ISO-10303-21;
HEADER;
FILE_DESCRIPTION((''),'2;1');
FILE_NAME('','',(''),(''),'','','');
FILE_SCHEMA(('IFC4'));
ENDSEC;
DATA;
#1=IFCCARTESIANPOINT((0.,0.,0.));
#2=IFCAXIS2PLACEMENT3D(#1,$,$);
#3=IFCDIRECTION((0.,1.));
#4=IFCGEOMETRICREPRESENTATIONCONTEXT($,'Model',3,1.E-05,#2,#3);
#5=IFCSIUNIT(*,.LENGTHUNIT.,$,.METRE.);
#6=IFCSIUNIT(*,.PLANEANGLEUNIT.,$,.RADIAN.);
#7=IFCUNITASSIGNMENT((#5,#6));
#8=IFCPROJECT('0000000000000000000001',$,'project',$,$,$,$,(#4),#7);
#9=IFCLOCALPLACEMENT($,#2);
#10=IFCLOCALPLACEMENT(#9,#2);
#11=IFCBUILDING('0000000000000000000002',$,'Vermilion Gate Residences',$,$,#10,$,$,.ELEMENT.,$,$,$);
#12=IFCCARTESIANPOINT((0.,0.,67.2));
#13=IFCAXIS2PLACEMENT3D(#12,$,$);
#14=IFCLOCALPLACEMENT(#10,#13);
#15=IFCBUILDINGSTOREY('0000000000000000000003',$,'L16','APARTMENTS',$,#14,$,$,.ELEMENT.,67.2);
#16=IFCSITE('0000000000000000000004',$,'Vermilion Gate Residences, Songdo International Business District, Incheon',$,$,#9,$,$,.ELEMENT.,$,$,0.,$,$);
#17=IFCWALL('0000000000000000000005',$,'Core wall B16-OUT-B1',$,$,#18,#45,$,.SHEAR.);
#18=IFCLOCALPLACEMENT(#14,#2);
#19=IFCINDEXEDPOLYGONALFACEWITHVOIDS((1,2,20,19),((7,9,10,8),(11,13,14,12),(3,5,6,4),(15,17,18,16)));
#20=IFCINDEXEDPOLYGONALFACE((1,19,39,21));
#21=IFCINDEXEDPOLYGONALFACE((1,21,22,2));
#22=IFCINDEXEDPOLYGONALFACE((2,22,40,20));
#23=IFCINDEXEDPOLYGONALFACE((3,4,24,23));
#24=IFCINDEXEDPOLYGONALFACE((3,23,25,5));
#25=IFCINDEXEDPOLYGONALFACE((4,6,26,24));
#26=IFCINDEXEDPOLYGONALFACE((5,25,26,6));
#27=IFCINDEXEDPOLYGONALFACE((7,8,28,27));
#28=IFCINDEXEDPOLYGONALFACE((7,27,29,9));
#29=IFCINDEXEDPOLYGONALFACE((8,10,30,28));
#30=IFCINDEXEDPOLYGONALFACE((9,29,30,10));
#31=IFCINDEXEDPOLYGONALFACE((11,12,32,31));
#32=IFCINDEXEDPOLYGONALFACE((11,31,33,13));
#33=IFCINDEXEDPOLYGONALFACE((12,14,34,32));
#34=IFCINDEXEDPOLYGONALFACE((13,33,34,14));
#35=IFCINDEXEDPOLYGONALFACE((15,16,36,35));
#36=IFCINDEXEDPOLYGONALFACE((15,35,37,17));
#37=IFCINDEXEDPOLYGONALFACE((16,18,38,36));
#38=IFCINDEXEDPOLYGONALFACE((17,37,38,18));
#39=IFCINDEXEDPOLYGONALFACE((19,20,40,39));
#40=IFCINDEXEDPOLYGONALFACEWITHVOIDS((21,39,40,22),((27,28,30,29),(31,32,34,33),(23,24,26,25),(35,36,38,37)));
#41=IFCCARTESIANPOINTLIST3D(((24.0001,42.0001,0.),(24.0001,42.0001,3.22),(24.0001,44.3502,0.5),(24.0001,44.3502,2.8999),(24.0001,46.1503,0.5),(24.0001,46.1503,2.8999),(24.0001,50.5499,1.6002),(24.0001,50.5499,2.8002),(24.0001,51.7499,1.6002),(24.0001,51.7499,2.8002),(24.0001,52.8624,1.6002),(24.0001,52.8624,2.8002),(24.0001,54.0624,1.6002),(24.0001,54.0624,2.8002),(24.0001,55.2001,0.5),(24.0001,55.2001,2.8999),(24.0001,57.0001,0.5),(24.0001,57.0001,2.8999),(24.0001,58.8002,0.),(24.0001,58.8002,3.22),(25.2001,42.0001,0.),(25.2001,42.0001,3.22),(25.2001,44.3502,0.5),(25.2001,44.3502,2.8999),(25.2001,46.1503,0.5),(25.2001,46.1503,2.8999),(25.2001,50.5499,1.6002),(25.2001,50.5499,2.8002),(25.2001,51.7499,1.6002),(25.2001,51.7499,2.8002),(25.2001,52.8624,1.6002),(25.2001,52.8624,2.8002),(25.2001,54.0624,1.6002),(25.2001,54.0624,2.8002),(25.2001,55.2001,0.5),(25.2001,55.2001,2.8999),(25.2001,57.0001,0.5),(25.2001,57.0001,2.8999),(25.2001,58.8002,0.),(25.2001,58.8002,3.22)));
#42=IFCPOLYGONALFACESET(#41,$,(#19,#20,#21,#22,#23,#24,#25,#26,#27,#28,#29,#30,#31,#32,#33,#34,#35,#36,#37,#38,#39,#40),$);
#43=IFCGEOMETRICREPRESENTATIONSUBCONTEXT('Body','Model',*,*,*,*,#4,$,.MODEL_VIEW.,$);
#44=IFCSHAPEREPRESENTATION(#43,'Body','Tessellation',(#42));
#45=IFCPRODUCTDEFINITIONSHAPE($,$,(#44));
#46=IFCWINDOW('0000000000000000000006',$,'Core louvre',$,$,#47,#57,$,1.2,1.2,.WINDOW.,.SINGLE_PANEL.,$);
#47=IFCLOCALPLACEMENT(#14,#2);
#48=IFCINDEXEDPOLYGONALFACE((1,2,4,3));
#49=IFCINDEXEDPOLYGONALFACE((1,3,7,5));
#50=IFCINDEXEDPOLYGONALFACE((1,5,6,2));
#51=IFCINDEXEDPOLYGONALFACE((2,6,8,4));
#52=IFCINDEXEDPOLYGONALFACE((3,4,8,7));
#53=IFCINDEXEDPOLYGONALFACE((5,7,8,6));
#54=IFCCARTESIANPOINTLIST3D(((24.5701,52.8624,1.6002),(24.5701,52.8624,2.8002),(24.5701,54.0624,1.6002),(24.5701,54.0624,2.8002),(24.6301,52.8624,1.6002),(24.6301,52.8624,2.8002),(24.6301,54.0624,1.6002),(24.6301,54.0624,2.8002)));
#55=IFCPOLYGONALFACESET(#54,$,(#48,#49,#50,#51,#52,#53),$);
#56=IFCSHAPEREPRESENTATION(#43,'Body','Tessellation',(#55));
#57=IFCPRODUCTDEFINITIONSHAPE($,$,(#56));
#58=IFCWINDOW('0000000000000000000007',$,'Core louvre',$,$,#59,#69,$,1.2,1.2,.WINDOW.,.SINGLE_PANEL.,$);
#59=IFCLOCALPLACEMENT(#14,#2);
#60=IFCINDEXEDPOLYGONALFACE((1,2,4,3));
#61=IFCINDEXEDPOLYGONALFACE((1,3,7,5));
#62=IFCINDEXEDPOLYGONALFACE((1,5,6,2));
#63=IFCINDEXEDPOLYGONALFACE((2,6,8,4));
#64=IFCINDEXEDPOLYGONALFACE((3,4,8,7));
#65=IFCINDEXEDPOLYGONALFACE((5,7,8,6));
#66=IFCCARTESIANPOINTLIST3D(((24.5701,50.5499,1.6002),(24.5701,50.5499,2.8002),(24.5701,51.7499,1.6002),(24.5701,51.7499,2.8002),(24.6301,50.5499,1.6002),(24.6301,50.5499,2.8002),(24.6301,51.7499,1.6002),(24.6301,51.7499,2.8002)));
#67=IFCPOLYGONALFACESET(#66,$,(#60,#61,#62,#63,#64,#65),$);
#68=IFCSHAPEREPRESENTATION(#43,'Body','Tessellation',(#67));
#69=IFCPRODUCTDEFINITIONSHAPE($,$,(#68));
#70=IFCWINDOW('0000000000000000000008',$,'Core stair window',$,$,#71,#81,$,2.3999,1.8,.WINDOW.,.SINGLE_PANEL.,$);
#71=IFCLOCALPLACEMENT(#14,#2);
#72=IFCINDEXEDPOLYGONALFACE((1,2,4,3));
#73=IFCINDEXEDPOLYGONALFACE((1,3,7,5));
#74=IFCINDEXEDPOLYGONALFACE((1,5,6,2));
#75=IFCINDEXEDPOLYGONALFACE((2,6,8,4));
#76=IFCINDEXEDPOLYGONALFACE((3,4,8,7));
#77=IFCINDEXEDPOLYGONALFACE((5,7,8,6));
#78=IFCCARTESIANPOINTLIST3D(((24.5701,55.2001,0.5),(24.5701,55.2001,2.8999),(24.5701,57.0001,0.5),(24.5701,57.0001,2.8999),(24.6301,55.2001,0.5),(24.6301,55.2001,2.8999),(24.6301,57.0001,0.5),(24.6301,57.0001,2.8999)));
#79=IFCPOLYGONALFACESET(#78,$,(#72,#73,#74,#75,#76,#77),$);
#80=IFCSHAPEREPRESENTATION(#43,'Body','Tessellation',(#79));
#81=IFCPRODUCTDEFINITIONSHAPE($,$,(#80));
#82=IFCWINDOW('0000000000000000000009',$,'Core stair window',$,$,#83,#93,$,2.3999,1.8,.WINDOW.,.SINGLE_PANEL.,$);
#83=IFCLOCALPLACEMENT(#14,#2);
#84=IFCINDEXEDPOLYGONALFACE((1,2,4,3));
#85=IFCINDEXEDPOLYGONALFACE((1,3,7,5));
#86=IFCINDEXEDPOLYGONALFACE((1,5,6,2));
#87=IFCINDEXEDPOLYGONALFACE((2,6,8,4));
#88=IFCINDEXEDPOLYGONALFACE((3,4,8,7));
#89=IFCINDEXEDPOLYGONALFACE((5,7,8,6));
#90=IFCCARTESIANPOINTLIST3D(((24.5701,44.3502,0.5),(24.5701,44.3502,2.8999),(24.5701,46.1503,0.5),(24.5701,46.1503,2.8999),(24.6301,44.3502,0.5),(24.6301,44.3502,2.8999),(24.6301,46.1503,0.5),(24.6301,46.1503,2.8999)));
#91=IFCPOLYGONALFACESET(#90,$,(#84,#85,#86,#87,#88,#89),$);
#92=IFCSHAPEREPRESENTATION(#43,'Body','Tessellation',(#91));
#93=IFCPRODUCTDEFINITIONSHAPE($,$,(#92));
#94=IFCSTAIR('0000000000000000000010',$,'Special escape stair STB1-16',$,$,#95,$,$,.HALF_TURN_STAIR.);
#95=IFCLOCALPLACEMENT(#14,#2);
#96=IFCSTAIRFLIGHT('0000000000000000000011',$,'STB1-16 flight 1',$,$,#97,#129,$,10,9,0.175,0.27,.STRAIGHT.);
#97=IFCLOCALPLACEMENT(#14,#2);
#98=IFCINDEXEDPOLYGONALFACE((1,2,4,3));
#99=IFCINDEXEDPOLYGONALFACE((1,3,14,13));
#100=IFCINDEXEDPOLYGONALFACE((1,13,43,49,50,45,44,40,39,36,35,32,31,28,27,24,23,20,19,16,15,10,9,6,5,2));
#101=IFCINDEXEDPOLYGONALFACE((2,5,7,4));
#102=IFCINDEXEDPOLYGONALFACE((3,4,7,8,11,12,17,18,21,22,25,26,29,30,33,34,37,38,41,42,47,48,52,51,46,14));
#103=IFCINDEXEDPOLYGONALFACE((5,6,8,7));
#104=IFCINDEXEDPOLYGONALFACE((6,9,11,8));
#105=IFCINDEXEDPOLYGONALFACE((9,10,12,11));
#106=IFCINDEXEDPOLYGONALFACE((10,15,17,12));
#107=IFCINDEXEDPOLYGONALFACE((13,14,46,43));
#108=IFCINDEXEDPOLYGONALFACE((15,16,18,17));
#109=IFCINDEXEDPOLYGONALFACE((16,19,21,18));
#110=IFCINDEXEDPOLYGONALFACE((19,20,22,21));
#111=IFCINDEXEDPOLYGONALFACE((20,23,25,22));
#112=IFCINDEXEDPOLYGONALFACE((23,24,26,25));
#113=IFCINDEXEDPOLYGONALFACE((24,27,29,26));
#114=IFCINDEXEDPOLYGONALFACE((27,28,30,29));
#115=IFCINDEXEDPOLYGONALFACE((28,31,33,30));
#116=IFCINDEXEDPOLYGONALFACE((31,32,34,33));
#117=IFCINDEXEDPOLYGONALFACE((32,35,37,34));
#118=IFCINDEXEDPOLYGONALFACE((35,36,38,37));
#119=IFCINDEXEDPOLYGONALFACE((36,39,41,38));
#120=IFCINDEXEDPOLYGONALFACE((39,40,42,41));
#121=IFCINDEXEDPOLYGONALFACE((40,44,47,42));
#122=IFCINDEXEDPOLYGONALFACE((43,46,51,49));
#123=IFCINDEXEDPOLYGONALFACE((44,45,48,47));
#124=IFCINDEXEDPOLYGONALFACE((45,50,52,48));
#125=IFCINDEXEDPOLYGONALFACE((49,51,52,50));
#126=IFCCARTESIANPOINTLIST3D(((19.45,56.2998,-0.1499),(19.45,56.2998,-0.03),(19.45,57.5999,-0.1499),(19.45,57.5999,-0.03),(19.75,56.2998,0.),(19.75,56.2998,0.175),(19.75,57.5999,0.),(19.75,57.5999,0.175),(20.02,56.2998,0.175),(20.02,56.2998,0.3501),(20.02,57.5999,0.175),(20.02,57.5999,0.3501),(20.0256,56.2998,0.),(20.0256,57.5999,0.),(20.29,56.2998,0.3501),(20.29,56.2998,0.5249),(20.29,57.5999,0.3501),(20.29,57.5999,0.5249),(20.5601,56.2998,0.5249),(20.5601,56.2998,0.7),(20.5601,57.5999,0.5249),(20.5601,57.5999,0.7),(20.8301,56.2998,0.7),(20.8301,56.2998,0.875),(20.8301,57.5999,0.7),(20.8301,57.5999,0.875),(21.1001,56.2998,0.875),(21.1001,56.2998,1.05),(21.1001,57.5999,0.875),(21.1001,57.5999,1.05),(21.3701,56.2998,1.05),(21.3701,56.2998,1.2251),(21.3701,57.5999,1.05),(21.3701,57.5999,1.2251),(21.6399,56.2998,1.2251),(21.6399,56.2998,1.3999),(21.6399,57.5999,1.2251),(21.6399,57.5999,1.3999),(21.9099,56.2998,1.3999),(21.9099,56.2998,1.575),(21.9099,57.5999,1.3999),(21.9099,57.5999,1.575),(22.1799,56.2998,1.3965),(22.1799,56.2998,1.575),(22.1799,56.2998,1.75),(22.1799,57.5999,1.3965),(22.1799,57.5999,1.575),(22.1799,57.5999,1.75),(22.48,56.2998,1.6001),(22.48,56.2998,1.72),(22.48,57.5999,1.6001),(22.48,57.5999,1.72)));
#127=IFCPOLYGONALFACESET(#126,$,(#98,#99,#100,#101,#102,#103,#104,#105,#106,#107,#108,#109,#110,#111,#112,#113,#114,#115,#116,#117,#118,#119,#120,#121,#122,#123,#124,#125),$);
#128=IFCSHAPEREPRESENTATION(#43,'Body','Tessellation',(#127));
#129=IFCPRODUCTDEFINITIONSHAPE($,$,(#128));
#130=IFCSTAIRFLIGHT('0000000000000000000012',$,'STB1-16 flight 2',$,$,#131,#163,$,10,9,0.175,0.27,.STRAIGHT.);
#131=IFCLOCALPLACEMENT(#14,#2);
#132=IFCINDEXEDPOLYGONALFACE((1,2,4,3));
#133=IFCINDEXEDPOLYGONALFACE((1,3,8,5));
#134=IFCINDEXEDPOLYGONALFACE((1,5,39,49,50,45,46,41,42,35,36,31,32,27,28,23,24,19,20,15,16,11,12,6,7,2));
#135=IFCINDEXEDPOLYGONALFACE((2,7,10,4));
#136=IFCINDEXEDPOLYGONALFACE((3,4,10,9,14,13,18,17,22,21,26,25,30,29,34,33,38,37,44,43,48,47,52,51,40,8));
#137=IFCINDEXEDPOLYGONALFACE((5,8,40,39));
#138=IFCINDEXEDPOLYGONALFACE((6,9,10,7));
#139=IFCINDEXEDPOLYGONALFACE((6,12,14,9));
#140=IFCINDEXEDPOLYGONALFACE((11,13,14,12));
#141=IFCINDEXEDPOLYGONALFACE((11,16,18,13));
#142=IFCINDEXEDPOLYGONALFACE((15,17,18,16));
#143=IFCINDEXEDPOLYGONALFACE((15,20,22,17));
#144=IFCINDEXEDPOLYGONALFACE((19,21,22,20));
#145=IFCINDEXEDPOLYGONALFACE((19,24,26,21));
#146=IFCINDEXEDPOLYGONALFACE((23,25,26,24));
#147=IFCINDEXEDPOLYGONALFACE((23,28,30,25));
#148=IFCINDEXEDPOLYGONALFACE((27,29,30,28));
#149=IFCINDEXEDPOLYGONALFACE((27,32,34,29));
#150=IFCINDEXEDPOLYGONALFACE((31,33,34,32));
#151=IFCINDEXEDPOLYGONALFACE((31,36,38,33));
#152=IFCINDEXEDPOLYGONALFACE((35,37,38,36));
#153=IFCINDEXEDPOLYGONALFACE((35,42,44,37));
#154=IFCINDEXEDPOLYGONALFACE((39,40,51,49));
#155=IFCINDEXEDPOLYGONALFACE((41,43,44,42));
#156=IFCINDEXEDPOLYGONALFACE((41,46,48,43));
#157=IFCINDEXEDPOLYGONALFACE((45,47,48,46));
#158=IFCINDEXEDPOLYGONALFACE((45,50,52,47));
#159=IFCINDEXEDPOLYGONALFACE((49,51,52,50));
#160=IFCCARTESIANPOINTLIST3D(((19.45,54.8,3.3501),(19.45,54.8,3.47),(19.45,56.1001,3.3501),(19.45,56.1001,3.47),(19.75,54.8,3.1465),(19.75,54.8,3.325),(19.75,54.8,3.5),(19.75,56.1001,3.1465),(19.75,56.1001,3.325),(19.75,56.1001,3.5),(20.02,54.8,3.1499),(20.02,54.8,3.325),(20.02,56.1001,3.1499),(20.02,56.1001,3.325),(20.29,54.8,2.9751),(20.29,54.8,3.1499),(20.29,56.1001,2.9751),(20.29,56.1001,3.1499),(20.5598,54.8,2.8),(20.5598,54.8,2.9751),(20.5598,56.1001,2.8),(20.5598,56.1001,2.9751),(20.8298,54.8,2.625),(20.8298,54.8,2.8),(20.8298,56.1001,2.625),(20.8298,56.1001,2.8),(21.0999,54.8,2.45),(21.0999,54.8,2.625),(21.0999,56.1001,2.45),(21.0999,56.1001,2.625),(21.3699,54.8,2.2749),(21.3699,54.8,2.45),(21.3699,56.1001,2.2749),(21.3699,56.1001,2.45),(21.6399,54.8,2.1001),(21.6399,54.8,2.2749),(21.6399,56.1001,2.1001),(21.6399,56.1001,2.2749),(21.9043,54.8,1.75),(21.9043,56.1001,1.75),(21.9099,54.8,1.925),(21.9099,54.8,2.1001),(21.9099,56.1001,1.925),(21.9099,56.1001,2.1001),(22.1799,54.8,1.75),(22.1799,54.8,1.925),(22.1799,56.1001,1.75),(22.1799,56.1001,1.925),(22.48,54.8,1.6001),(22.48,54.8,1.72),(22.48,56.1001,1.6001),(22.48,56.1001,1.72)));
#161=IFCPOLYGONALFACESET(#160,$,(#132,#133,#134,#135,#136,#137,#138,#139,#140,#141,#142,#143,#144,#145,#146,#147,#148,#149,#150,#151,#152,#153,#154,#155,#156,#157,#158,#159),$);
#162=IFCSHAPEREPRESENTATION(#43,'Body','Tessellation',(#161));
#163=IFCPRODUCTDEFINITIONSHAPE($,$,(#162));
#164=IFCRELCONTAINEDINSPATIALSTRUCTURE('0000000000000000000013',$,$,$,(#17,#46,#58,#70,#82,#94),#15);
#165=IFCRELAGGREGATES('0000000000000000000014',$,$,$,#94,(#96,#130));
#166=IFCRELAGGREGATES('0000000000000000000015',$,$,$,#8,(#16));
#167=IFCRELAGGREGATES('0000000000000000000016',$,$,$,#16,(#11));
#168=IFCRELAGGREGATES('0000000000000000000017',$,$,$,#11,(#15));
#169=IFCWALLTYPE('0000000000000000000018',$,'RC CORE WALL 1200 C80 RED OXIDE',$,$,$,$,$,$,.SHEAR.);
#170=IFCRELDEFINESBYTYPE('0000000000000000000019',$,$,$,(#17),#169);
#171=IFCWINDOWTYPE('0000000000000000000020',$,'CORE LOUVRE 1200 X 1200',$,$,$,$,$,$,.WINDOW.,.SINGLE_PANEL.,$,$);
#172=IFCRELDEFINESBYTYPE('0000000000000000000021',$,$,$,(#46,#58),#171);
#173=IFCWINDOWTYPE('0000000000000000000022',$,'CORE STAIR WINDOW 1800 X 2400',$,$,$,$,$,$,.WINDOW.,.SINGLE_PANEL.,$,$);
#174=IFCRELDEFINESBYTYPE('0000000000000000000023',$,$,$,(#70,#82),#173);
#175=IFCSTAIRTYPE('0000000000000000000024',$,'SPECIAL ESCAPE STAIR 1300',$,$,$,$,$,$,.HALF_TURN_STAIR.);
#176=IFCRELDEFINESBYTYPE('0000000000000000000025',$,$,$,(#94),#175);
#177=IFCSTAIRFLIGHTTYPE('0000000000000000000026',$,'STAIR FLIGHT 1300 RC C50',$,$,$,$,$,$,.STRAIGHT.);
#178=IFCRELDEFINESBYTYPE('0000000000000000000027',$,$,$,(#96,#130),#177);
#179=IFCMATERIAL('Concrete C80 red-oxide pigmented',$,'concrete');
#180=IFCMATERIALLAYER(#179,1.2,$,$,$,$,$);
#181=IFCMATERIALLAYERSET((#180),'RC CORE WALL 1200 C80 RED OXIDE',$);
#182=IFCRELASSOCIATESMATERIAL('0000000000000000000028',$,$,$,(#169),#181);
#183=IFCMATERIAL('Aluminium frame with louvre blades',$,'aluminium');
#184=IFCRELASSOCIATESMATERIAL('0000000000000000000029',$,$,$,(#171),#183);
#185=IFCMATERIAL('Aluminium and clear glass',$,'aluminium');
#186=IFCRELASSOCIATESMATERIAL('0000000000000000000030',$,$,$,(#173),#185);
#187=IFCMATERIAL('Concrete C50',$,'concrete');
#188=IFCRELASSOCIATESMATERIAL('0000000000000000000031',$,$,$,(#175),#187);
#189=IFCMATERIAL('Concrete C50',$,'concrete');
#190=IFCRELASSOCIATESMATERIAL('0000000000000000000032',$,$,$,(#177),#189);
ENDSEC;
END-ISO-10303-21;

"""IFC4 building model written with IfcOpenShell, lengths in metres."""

from ifc_helpers import new_model, si_unit, direction, frame, frame_2d, origin, place, context, subcontext, project, spatial, polyline, rectangle, outline, extrude, material, layer, layer_set, type_object, element, fill, aggregate, save


model = new_model("IFC4")

# Units and contexts
model_context = context("Model", 3, precision=1e-05, world=origin(), true_north=direction((0.0, 1.0)))
body_context = subcontext(model_context, "Body", "Model", "MODEL_VIEW")
ifc_project = project(units=[si_unit("LENGTHUNIT", "METRE"), si_unit("PLANEANGLEUNIT", "RADIAN")], contexts=[model_context])

# Site, building, storey
site_placement = place(None, origin())
site = spatial("IfcSite", under=ifc_project, at=site_placement, Name="Vermilion Gate Residences, Songdo International Business District, Incheon", CompositionType="ELEMENT", RefElevation=0.0)
building_placement = place(site_placement, origin())
building = spatial("IfcBuilding", under=site, at=building_placement, Name="Vermilion Gate Residences", CompositionType="ELEMENT")
storey_placement = place(building_placement, frame((0.0, 0.0, 67.2)))
storey = spatial("IfcBuildingStorey", under=building, at=storey_placement, Name="L16", Description="APARTMENTS", CompositionType="ELEMENT", Elevation=67.2)

# Wall, openings, windows
ifc_material_1 = material(Name="Concrete C80 red-oxide pigmented", Category="concrete")
ifc_layer_1 = layer(ifc_material_1, 1.2)
ifc_layer_set_1 = layer_set([ifc_layer_1], Name="RC CORE WALL 1200 C80 RED OXIDE")
wall_type_1 = type_object("IfcWallType", Name="RC CORE WALL 1200 C80 RED OXIDE", PredefinedType="SHEAR", material=ifc_layer_set_1)
wall_1_placement = place(storey_placement, frame((24.6001, 58.8, 0.0), z_axis=(0.0, 0.0, 1.0), x_axis=(0.0, -1.0, 0.0)))
wall_1 = element("IfcWall", 1, at=wall_1_placement, inside=storey, type_object=wall_type_1, Name="Core wall B16-OUT-B1", PredefinedType="SHEAR", context=body_context, shape_type="SweptSolid", body=[
    extrude(rectangle(XDim=16.8, YDim=1.2, at=frame_2d((8.3999, 0.0))), origin(), (0.0, 0.0, 1.0), 3.22),
])
opening_1_placement = place(wall_1_placement, frame((1.8, 0.0, 0.5)))
opening_1 = element("IfcOpeningElement", 2, at=opening_1_placement, cuts=wall_1, PredefinedType="OPENING", context=body_context, shape_type="SweptSolid", body=[
    extrude(rectangle(XDim=1.8, YDim=2.3999, at=frame_2d((0.8999, 1.2))), frame((0.0, 0.6099, 0.0), z_axis=(0.0, -1.0, 0.0), x_axis=(1.0, 0.0, 0.0)), (0.0, 0.0, 1.0), 1.22),
])
opening_2_placement = place(wall_1_placement, frame((4.7375, 0.0, 1.6001)))
opening_2 = element("IfcOpeningElement", 3, at=opening_2_placement, cuts=wall_1, PredefinedType="OPENING", context=body_context, shape_type="SweptSolid", body=[
    extrude(rectangle(XDim=1.2, YDim=1.2, at=frame_2d((0.6001, 0.6001))), frame((0.0, 0.6099, 0.0), z_axis=(0.0, -1.0, 0.0), x_axis=(1.0, 0.0, 0.0)), (0.0, 0.0, 1.0), 1.22),
])
opening_3_placement = place(wall_1_placement, frame((7.05, 0.0, 1.6001)))
opening_3 = element("IfcOpeningElement", 4, at=opening_3_placement, cuts=wall_1, PredefinedType="OPENING", context=body_context, shape_type="SweptSolid", body=[
    extrude(rectangle(XDim=1.2, YDim=1.2, at=frame_2d((0.6001, 0.6001))), frame((0.0, 0.6099, 0.0), z_axis=(0.0, -1.0, 0.0), x_axis=(1.0, 0.0, 0.0)), (0.0, 0.0, 1.0), 1.22),
])
opening_4_placement = place(wall_1_placement, frame((12.6499, 0.0, 0.5)))
opening_4 = element("IfcOpeningElement", 5, at=opening_4_placement, cuts=wall_1, PredefinedType="OPENING", context=body_context, shape_type="SweptSolid", body=[
    extrude(rectangle(XDim=1.8, YDim=2.3999, at=frame_2d((0.8999, 1.2))), frame((0.0, 0.6099, 0.0), z_axis=(0.0, -1.0, 0.0), x_axis=(1.0, 0.0, 0.0)), (0.0, 0.0, 1.0), 1.22),
])
ifc_material_2 = material(Name="Aluminium frame with louvre blades", Category="aluminium")
window_type_1 = type_object("IfcWindowType", Name="CORE LOUVRE 1200 X 1200", PartitioningType="SINGLE_PANEL", PredefinedType="WINDOW", material=ifc_material_2)
window_1_placement = place(opening_2_placement, origin())
window_1 = element("IfcWindow", 6, at=window_1_placement, inside=storey, type_object=window_type_1, Name="Core louvre", OverallHeight=1.2, OverallWidth=1.2, PartitioningType="SINGLE_PANEL", PredefinedType="WINDOW", context=body_context, shape_type="SweptSolid", body=[
    extrude(rectangle(XDim=1.2, YDim=1.2, at=frame_2d((0.6001, 0.6001))), frame((0.0, 0.03, 0.0), z_axis=(0.0, -1.0, 0.0), x_axis=(1.0, 0.0, 0.0)), (0.0, 0.0, 1.0), 0.0601),
])
fill(opening_2, window_1)
window_2_placement = place(opening_3_placement, origin())
window_2 = element("IfcWindow", 7, at=window_2_placement, inside=storey, type_object=window_type_1, Name="Core louvre", OverallHeight=1.2, OverallWidth=1.2, PartitioningType="SINGLE_PANEL", PredefinedType="WINDOW", context=body_context, shape_type="SweptSolid", body=[
    extrude(rectangle(XDim=1.2, YDim=1.2, at=frame_2d((0.6001, 0.6001))), frame((0.0, 0.03, 0.0), z_axis=(0.0, -1.0, 0.0), x_axis=(1.0, 0.0, 0.0)), (0.0, 0.0, 1.0), 0.0601),
])
fill(opening_3, window_2)
ifc_material_3 = material(Name="Aluminium and clear glass", Category="aluminium")
window_type_2 = type_object("IfcWindowType", Name="CORE STAIR WINDOW 1800 X 2400", PartitioningType="SINGLE_PANEL", PredefinedType="WINDOW", material=ifc_material_3)
window_3_placement = place(opening_1_placement, origin())
window_3 = element("IfcWindow", 8, at=window_3_placement, inside=storey, type_object=window_type_2, Name="Core stair window", OverallHeight=2.3999, OverallWidth=1.8, PartitioningType="SINGLE_PANEL", PredefinedType="WINDOW", context=body_context, shape_type="SweptSolid", body=[
    extrude(rectangle(XDim=1.8, YDim=2.3999, at=frame_2d((0.8999, 1.2))), frame((0.0, 0.03, 0.0), z_axis=(0.0, -1.0, 0.0), x_axis=(1.0, 0.0, 0.0)), (0.0, 0.0, 1.0), 0.0601),
])
fill(opening_1, window_3)
window_4_placement = place(opening_4_placement, origin())
window_4 = element("IfcWindow", 9, at=window_4_placement, inside=storey, type_object=window_type_2, Name="Core stair window", OverallHeight=2.3999, OverallWidth=1.8, PartitioningType="SINGLE_PANEL", PredefinedType="WINDOW", context=body_context, shape_type="SweptSolid", body=[
    extrude(rectangle(XDim=1.8, YDim=2.3999, at=frame_2d((0.8999, 1.2))), frame((0.0, 0.03, 0.0), z_axis=(0.0, -1.0, 0.0), x_axis=(1.0, 0.0, 0.0)), (0.0, 0.0, 1.0), 0.0601),
])
fill(opening_4, window_4)

# Stair, stair flights
ifc_material_4 = material(Name="Concrete C50", Category="concrete")
stair_type = type_object("IfcStairType", Name="SPECIAL ESCAPE STAIR 1300", PredefinedType="HALF_TURN_STAIR", material=ifc_material_4)
stair_placement = place(storey_placement, origin())
stair = element("IfcStair", 10, at=stair_placement, inside=storey, type_object=stair_type, Name="Special escape stair STB1-16", PredefinedType="HALF_TURN_STAIR")
ifc_material_5 = material(Name="Concrete C50", Category="concrete")
stair_flight_type = type_object("IfcStairFlightType", Name="STAIR FLIGHT 1300 RC C50", PredefinedType="STRAIGHT", material=ifc_material_5)
stair_flight_1_placement = place(storey_placement, frame((19.75, 56.95, 0.0), z_axis=(0.0, 0.0, 1.0), x_axis=(1.0, 0.0, 0.0)))
stair_flight_1 = element("IfcStairFlight", 11, at=stair_flight_1_placement, type_object=stair_flight_type, Name="STB1-16 flight 1", NumberOfRisers=10, NumberOfTreads=9, PredefinedType="STRAIGHT", RiserHeight=0.175, TreadLength=0.27, context=body_context, shape_type="SweptSolid", body=[
    extrude(outline(polyline([(-0.3, -0.1499), (-0.3, -0.03), (0.0, 0.0), (0.0, 0.175), (0.27, 0.175), (0.27, 0.3501), (0.54, 0.3501), (0.54, 0.5249), (0.8101, 0.5249), (0.8101, 0.7), (1.0801, 0.7), (1.0801, 0.875), (1.3501, 0.875), (1.3501, 1.05), (1.6201, 1.05), (1.6201, 1.2251), (1.8899, 1.2251), (1.8899, 1.3999), (2.1599, 1.3999), (2.1599, 1.575), (2.4299, 1.575), (2.4299, 1.75), (2.73, 1.72), (2.73, 1.6001), (2.4299, 1.3965), (0.2756, 0.0), (-0.3, -0.1499)])), frame((0.0, 0.6499, 0.0), z_axis=(0.0, -1.0, 0.0), x_axis=(1.0, 0.0, 0.0)), (0.0, 0.0, 1.0), 1.3),
])
stair_flight_2_placement = place(storey_placement, frame((22.1799, 55.45, 1.75), z_axis=(0.0, 0.0, 1.0), x_axis=(-1.0, 0.0, 0.0)))
stair_flight_2 = element("IfcStairFlight", 12, at=stair_flight_2_placement, type_object=stair_flight_type, Name="STB1-16 flight 2", NumberOfRisers=10, NumberOfTreads=9, PredefinedType="STRAIGHT", RiserHeight=0.175, TreadLength=0.27, context=body_context, shape_type="SweptSolid", body=[
    extrude(outline(polyline([(-0.3, -0.1499), (-0.3, -0.03), (0.0, 0.0), (0.0, 0.175), (0.27, 0.175), (0.27, 0.3501), (0.54, 0.3501), (0.54, 0.5249), (0.8101, 0.5249), (0.8101, 0.7), (1.0801, 0.7), (1.0801, 0.875), (1.3501, 0.875), (1.3501, 1.05), (1.6201, 1.05), (1.6201, 1.2251), (1.8899, 1.2251), (1.8899, 1.3999), (2.1599, 1.3999), (2.1599, 1.575), (2.4299, 1.575), (2.4299, 1.75), (2.73, 1.72), (2.73, 1.6001), (2.4299, 1.3965), (0.2756, 0.0), (-0.3, -0.1499)])), frame((0.0, 0.6499, 0.0), z_axis=(0.0, -1.0, 0.0), x_axis=(1.0, 0.0, 0.0)), (0.0, 0.0, 1.0), 1.3),
])
aggregate(stair, [stair_flight_1, stair_flight_2])

save(model, "model.ifc")
